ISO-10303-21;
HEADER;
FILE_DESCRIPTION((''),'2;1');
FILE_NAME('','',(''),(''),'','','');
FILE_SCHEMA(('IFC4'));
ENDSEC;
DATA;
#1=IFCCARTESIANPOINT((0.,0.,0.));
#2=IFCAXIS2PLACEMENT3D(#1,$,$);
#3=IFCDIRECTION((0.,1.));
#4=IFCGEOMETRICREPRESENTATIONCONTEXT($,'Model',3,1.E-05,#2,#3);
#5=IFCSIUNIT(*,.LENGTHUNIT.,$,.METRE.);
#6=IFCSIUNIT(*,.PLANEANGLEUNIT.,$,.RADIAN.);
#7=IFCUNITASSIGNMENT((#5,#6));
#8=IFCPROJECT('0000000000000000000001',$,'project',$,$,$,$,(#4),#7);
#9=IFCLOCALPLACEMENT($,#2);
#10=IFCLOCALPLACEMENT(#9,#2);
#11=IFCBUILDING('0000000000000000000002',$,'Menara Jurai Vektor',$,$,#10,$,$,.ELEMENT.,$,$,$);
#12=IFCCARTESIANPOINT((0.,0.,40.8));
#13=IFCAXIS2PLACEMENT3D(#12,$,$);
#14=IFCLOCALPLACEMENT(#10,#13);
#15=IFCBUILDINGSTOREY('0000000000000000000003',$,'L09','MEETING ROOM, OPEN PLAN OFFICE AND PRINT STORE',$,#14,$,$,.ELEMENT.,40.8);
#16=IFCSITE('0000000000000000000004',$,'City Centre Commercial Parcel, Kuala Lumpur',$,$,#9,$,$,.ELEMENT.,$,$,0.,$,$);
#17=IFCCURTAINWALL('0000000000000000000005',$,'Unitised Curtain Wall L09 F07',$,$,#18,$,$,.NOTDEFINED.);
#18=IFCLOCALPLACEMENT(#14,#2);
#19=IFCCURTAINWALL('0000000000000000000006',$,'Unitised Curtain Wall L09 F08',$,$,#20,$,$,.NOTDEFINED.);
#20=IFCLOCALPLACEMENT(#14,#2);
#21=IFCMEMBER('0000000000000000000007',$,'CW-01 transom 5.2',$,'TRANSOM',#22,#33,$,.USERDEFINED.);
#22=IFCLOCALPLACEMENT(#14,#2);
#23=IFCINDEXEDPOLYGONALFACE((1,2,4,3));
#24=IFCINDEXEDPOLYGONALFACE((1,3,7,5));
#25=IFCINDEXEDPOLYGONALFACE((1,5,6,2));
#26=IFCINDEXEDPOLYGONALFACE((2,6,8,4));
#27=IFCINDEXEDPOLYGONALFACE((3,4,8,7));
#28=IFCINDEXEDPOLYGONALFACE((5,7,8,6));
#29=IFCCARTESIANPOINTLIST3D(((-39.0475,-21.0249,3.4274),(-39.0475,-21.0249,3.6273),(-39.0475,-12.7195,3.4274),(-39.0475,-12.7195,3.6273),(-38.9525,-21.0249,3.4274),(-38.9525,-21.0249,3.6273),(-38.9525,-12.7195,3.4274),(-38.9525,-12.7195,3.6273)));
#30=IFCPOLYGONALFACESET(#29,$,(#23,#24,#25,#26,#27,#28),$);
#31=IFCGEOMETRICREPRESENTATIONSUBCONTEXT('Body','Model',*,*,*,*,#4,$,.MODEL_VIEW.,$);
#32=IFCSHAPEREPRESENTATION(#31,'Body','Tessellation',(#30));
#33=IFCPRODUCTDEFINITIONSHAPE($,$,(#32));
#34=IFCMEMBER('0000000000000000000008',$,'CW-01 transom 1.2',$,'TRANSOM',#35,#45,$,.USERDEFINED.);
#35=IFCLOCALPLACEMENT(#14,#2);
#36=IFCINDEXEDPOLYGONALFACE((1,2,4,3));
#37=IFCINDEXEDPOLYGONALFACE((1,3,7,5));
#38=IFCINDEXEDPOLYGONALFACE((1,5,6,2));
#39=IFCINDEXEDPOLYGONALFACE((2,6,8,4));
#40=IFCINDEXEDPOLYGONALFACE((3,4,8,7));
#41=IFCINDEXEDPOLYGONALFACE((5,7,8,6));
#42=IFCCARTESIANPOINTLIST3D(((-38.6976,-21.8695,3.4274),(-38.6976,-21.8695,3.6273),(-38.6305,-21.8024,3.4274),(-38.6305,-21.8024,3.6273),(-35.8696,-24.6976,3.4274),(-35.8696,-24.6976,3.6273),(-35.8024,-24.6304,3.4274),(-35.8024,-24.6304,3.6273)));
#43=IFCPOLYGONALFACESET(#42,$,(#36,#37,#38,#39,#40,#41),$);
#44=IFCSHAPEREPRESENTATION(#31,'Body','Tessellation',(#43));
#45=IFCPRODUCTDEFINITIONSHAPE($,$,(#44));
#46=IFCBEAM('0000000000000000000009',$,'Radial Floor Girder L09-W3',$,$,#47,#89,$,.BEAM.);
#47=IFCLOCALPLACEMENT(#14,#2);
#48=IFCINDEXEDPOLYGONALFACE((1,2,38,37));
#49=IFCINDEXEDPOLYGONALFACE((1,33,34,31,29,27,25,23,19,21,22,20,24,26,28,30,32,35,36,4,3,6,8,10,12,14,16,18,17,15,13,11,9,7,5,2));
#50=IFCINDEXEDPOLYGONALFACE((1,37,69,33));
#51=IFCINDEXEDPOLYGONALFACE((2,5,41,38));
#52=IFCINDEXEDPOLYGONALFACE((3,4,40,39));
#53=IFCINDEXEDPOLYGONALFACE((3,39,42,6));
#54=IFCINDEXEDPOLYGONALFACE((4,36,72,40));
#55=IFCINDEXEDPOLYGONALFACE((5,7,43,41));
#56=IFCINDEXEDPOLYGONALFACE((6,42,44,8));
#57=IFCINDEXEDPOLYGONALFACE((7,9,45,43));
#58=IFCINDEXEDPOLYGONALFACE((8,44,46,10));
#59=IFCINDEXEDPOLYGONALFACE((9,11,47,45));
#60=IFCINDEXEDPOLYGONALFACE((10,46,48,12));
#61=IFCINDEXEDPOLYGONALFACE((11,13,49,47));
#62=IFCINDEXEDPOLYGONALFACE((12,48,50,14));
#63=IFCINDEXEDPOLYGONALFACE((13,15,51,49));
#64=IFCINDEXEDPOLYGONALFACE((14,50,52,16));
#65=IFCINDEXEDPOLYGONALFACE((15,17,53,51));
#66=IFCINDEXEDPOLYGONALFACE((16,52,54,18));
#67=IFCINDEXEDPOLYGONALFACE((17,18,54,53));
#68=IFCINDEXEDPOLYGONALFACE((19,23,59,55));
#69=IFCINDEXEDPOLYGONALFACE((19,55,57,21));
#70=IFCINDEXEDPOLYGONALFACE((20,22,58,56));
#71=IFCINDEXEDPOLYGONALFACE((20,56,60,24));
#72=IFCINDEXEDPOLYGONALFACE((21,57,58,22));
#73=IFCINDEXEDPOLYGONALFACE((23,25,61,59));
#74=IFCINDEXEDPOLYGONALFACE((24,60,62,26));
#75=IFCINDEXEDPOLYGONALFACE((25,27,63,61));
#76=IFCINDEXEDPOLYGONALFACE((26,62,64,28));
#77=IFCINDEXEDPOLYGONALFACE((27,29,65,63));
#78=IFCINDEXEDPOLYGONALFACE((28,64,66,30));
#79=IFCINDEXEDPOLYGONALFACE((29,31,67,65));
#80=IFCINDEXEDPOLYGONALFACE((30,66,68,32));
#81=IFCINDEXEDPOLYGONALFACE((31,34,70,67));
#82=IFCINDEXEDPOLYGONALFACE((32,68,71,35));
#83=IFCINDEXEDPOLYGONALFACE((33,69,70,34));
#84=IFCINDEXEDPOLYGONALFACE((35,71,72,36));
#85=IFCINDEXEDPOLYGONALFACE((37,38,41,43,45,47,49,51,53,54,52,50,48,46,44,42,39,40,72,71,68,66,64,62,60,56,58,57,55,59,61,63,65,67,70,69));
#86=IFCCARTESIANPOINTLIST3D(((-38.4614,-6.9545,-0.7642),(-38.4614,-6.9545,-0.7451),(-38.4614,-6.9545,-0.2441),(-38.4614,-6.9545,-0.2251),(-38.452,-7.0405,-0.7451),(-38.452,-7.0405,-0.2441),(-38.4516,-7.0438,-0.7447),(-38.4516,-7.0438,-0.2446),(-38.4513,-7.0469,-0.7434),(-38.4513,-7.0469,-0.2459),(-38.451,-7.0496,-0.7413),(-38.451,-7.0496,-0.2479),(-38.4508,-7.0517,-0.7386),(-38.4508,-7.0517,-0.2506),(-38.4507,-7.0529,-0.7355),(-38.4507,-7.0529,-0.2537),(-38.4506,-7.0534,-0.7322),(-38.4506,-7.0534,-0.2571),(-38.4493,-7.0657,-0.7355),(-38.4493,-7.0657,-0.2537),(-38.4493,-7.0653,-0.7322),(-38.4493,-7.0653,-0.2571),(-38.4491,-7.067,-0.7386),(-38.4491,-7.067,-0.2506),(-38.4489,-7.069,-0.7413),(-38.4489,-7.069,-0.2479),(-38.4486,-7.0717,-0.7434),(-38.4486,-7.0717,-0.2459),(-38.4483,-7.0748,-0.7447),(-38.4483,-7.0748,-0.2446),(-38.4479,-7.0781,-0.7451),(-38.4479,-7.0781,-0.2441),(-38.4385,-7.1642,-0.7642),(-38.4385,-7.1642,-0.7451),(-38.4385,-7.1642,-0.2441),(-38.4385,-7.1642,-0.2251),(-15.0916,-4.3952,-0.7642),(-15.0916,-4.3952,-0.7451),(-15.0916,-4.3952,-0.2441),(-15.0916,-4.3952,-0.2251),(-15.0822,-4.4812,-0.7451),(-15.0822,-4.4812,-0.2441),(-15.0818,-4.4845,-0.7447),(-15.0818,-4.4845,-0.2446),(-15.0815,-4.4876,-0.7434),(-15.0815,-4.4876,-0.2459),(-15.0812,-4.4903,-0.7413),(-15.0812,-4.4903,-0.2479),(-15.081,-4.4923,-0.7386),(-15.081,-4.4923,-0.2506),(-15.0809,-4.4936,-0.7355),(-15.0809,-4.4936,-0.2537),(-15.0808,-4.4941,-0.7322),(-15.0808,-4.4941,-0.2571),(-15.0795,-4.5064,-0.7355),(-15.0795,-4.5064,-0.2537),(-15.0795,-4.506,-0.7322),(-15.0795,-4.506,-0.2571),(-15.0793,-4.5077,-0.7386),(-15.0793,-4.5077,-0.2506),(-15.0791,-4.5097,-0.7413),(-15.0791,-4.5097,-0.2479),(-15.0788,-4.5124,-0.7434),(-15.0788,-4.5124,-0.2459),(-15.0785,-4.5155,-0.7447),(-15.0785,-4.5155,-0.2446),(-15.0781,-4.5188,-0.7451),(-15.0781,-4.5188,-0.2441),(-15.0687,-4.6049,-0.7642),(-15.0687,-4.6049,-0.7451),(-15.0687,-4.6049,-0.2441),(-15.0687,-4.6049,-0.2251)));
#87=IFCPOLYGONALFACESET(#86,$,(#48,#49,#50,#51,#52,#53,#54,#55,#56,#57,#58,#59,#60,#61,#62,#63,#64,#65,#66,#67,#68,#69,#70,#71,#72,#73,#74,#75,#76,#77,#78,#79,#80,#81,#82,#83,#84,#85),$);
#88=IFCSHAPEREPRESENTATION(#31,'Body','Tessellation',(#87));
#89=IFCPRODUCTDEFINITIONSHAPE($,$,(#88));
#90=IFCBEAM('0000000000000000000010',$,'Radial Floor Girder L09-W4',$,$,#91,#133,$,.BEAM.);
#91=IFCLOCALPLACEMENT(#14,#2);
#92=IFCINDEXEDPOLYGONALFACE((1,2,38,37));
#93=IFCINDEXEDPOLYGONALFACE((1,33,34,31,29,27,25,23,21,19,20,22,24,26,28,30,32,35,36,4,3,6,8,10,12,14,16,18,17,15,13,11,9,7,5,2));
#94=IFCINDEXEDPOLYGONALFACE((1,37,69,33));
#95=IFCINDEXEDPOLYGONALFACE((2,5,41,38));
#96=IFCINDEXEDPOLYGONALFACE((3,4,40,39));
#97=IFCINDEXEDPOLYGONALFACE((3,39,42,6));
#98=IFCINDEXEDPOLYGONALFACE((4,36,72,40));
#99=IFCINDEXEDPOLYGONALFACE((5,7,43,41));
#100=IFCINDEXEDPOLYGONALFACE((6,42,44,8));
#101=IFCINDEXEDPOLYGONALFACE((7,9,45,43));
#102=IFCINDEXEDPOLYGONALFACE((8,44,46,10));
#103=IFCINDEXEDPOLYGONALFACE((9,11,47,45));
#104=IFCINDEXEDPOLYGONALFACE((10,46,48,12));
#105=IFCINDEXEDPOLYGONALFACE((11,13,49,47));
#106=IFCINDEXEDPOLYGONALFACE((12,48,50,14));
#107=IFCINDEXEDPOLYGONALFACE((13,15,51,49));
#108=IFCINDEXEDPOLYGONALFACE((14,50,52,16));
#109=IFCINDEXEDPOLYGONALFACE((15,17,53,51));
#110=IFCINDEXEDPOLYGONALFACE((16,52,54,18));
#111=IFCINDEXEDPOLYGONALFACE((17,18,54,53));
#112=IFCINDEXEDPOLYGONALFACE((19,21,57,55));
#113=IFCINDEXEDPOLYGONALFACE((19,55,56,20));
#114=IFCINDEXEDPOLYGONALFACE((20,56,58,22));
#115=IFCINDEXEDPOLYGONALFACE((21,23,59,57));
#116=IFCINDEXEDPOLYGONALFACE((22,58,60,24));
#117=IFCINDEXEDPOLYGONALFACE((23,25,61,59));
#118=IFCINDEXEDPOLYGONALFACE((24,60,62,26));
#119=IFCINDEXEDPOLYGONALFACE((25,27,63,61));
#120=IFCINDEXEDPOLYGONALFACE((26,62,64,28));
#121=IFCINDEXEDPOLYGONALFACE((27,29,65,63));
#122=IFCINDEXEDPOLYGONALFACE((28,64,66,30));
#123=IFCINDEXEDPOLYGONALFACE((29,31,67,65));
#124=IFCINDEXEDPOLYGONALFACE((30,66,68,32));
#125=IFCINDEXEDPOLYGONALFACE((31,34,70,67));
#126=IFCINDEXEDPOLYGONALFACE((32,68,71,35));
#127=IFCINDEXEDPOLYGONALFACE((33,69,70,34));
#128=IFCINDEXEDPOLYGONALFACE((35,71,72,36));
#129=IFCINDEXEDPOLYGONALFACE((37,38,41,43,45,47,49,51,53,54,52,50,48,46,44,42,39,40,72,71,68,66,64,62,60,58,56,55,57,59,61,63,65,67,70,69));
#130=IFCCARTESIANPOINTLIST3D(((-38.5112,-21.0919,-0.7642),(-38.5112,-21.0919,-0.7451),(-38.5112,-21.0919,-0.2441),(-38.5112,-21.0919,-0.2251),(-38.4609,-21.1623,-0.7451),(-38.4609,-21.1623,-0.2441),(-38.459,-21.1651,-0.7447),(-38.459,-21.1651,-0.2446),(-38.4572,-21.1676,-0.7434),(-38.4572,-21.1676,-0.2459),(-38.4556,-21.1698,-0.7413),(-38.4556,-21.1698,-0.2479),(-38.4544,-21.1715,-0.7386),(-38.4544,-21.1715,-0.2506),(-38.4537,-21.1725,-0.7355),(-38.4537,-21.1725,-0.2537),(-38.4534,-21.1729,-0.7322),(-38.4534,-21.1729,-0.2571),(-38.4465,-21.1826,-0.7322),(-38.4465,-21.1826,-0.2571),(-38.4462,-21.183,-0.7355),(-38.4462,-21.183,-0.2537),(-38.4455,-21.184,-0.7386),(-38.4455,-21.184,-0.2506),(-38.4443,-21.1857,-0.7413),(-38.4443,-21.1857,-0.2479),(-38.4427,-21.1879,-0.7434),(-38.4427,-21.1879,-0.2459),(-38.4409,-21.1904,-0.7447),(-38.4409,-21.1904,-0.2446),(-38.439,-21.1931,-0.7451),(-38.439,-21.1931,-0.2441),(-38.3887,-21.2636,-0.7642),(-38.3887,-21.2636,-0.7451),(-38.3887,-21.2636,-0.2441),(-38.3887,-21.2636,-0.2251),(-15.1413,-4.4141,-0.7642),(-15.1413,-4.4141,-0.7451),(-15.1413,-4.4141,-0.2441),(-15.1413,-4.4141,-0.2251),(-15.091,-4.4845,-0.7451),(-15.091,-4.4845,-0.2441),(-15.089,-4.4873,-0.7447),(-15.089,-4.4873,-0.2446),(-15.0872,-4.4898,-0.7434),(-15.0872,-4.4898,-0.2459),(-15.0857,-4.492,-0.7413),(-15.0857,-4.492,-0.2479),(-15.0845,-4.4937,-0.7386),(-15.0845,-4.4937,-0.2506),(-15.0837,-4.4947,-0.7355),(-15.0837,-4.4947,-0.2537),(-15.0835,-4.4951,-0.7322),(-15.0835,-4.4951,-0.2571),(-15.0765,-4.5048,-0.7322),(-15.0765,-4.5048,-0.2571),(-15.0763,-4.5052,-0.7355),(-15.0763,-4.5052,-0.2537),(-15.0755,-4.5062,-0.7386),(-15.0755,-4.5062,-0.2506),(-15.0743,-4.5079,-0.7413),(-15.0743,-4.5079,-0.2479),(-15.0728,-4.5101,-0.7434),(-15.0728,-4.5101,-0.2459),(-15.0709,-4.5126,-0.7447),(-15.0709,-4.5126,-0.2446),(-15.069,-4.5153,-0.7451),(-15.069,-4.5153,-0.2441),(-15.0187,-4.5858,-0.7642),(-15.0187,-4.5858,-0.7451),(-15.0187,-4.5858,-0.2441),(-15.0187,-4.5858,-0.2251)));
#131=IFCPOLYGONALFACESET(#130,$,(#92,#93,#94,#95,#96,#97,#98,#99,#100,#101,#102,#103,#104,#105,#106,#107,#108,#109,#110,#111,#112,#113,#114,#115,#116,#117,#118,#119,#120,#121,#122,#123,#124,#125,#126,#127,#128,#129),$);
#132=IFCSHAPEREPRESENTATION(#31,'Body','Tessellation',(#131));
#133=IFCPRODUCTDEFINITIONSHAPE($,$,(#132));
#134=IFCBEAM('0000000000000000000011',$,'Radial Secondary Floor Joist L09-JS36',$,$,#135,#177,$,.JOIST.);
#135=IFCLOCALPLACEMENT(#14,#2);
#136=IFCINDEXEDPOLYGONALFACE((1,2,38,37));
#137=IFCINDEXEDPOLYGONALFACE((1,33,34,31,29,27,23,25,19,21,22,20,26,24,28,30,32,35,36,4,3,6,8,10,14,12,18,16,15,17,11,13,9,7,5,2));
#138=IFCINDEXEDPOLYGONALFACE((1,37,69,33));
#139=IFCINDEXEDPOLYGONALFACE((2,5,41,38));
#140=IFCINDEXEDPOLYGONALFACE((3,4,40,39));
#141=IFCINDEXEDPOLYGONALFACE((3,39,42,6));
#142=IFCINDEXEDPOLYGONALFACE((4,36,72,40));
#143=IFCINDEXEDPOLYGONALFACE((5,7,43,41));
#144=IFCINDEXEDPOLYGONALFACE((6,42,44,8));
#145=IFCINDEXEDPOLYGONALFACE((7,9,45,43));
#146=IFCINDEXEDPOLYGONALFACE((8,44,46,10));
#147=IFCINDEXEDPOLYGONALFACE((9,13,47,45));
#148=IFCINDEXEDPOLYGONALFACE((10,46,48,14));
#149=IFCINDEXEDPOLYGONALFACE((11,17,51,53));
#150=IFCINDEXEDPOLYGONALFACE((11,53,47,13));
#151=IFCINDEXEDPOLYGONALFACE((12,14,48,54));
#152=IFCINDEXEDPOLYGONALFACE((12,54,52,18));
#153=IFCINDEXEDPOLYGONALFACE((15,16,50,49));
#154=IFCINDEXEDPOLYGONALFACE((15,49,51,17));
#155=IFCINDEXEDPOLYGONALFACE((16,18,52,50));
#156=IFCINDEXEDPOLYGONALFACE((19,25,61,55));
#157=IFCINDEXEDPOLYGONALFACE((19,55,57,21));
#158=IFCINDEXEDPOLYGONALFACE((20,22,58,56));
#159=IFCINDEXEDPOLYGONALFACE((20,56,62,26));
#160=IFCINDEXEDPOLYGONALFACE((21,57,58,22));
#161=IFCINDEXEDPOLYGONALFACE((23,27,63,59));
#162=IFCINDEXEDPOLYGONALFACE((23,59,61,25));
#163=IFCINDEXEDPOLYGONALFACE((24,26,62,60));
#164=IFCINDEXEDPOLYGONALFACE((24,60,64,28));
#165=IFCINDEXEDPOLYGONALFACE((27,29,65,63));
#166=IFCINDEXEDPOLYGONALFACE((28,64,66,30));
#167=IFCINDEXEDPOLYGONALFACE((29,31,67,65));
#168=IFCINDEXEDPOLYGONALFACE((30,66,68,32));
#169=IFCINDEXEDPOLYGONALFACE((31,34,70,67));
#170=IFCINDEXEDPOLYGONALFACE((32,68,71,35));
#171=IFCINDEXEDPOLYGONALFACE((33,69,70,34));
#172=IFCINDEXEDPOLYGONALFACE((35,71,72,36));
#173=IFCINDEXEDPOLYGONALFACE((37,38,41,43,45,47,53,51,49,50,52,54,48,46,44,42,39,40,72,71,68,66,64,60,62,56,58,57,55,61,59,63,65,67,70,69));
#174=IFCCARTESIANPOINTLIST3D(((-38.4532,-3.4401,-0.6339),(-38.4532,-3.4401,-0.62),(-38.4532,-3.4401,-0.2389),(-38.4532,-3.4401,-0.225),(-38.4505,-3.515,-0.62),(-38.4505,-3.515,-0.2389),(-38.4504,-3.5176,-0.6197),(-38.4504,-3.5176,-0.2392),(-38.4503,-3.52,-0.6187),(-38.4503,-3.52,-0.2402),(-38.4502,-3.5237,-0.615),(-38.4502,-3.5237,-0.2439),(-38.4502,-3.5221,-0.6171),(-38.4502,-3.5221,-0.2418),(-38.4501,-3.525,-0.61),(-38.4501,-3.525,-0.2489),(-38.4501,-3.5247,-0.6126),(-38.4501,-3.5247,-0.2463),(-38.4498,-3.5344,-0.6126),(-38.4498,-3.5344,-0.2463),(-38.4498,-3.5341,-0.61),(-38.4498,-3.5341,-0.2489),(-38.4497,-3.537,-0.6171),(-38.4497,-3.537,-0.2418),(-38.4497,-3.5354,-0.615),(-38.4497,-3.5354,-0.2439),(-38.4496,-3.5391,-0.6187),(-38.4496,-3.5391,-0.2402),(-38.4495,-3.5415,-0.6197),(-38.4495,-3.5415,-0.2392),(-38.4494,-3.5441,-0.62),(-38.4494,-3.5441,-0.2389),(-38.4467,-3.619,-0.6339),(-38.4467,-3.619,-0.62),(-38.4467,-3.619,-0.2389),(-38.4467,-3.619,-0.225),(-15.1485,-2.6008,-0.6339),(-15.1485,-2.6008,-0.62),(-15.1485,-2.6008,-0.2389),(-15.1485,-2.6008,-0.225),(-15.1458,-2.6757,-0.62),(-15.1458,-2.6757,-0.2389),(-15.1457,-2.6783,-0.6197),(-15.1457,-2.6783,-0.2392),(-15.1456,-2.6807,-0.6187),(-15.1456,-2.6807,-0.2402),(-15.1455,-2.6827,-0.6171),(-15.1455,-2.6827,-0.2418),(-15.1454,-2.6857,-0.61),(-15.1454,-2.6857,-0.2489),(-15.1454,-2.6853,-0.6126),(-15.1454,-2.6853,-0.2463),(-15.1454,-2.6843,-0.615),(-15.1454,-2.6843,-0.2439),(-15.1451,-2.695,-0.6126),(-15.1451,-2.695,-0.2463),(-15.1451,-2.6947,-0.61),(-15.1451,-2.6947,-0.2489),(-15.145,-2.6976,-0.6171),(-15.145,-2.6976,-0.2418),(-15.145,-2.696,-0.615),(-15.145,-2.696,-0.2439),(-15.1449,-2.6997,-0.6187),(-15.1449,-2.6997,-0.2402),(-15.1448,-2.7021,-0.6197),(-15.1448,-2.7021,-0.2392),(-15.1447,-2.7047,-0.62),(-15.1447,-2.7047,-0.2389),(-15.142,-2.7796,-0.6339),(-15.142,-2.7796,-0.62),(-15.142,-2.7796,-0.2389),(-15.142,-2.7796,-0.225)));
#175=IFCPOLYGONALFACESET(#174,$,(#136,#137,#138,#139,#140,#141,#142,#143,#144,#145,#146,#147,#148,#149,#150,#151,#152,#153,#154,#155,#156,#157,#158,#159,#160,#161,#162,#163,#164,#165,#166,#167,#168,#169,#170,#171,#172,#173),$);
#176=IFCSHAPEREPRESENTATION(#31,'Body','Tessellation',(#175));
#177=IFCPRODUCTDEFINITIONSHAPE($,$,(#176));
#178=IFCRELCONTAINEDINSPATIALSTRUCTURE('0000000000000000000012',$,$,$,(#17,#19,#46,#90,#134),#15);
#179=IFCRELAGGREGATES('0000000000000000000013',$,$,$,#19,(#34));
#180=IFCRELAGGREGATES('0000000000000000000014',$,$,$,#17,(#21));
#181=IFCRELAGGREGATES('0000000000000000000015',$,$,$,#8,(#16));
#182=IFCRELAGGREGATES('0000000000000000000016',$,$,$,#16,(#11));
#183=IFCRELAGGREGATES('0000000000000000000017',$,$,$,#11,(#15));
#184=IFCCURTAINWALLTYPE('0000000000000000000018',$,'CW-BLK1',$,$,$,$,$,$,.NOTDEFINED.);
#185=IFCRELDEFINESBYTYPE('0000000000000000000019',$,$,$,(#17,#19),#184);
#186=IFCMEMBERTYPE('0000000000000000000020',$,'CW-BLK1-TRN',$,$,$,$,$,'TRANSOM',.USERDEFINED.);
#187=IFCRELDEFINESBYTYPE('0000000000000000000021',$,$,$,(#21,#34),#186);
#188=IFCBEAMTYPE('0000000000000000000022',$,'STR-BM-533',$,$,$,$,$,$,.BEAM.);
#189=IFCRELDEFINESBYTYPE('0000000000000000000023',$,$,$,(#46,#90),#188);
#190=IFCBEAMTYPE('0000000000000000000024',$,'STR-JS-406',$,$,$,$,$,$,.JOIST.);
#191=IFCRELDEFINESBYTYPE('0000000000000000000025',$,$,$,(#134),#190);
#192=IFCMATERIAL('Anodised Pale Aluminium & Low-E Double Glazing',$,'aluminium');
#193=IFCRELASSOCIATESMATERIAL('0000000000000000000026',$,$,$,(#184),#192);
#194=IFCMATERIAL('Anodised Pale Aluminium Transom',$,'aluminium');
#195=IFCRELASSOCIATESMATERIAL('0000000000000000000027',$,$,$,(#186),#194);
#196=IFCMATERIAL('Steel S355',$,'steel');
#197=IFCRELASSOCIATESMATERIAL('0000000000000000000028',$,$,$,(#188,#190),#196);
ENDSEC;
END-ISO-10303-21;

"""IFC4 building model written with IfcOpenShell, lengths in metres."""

from ifc_helpers import new_model, si_unit, direction, frame, origin, origin_2d, place, context, subcontext, project, spatial, rectangle, i_section, extrude, material, material_profile, profile_set, type_object, element, aggregate, save


model = new_model("IFC4")

# Units and contexts
model_context = context("Model", 3, precision=1e-05, world=origin(), true_north=direction((0.0, 1.0)))
body_context = subcontext(model_context, "Body", "Model", "MODEL_VIEW")
ifc_project = project(units=[si_unit("LENGTHUNIT", "METRE"), si_unit("PLANEANGLEUNIT", "RADIAN")], contexts=[model_context])

# Site, building, storey
site_placement = place(None, origin())
site = spatial("IfcSite", under=ifc_project, at=site_placement, Name="City Centre Commercial Parcel, Kuala Lumpur", CompositionType="ELEMENT", RefElevation=0.0)
building_placement = place(site_placement, origin())
building = spatial("IfcBuilding", under=site, at=building_placement, Name="Menara Jurai Vektor", CompositionType="ELEMENT")
storey_placement = place(building_placement, frame((0.0, 0.0, 40.8)))
storey = spatial("IfcBuildingStorey", under=building, at=storey_placement, Name="L09", Description="MEETING ROOM, OPEN PLAN OFFICE AND PRINT STORE", CompositionType="ELEMENT", Elevation=40.8)

# Curtain wall
ifc_material_1 = material(Name="Anodised Pale Aluminium & Low-E Double Glazing", Category="aluminium")
curtain_wall_type = type_object("IfcCurtainWallType", Name="CW-BLK1", PredefinedType="NOTDEFINED", material=ifc_material_1)
curtain_wall_1_placement = place(storey_placement, origin())
curtain_wall_1 = element("IfcCurtainWall", 1, at=curtain_wall_1_placement, inside=storey, type_object=curtain_wall_type, Name="Unitised Curtain Wall L09 F07", PredefinedType="NOTDEFINED")

# Curtain wall
curtain_wall_2_placement = place(storey_placement, origin())
curtain_wall_2 = element("IfcCurtainWall", 2, at=curtain_wall_2_placement, inside=storey, type_object=curtain_wall_type, Name="Unitised Curtain Wall L09 F08", PredefinedType="NOTDEFINED")

# Members
ifc_material_2 = material(Name="Anodised Pale Aluminium Transom", Category="aluminium")
ifc_material_profile_1 = material_profile(ifc_material_2, rectangle(XDim=0.095, YDim=0.2, at=origin_2d()), Name="ALU TRN 95x200")
ifc_profile_set_1 = profile_set([ifc_material_profile_1], Name="Anodised Pale Aluminium Transom")
member_type_1 = type_object("IfcMemberType", Name="CW-BLK1-TRN", ElementType="TRANSOM", PredefinedType="USERDEFINED", material=ifc_profile_set_1)
member_1_placement = place(storey_placement, frame((-39.0, -12.7195, 3.5273), z_axis=(0.0, -1.0, 0.0), x_axis=(1.0, 0.0, 0.0)))
member_1 = element("IfcMember", 3, at=member_1_placement, type_object=member_type_1, Name="CW-01 transom 5.2", ObjectType="TRANSOM", PredefinedType="USERDEFINED", context=body_context, shape_type="SweptSolid", body=[
    extrude(rectangle(XDim=0.095, YDim=0.2, at=origin_2d()), origin(), (0.0, 0.0, 1.0), 8.3054),
])
member_2_placement = place(storey_placement, frame((-38.6641, -21.8359, 3.5273), z_axis=(0.707107, -0.707107, 0.0), x_axis=(0.707107, 0.707107, 0.0)))
member_2 = element("IfcMember", 4, at=member_2_placement, type_object=member_type_1, Name="CW-01 transom 1.2", ObjectType="TRANSOM", PredefinedType="USERDEFINED", context=body_context, shape_type="SweptSolid", body=[
    extrude(rectangle(XDim=0.095, YDim=0.2, at=origin_2d()), origin(), (0.0, 0.0, 1.0), 3.9995),
])
aggregate(curtain_wall_2, [member_2])

# Beams
ifc_material_3 = material(Name="Steel S355", Category="steel")
ifc_material_profile_2 = material_profile(ifc_material_3, i_section(OverallWidth=0.2109, OverallDepth=0.5391, WebThickness=0.012, FlangeThickness=0.019, FilletRadius=0.0129, at=origin_2d()), Name="UKB 533x210x109")
ifc_profile_set_2 = profile_set([ifc_material_profile_2], Name="Steel S355")
beam_type_1 = type_object("IfcBeamType", Name="STR-BM-533", PredefinedType="BEAM", material=ifc_profile_set_2)
beam_1_placement = place(storey_placement, frame((-38.45, -7.0593, -0.4946), z_axis=(0.994057, 0.108863, 0.0), x_axis=(-0.108863, 0.994057, 0.0)))
element("IfcBeam", 5, at=beam_1_placement, inside=storey, type_object=beam_type_1, Name="Radial Floor Girder L09-W3", PredefinedType="BEAM", context=body_context, shape_type="SweptSolid", body=[
    extrude(i_section(OverallWidth=0.2109, OverallDepth=0.5391, WebThickness=0.012, FlangeThickness=0.019, FilletRadius=0.0129, at=origin_2d()), origin(), (0.0, 0.0, 1.0), 23.5095),
])
beam_2_placement = place(storey_placement, frame((-38.45, -21.1777, -0.4946), z_axis=(0.813981, 0.580891, 0.0), x_axis=(-0.580891, 0.813981, 0.0)))
element("IfcBeam", 6, at=beam_2_placement, inside=storey, type_object=beam_type_1, Name="Radial Floor Girder L09-W4", PredefinedType="BEAM", context=body_context, shape_type="SweptSolid", body=[
    extrude(i_section(OverallWidth=0.2109, OverallDepth=0.5391, WebThickness=0.012, FlangeThickness=0.019, FilletRadius=0.0129, at=origin_2d()), origin(), (0.0, 0.0, 1.0), 28.7107),
])
ifc_material_profile_3 = material_profile(ifc_material_3, i_section(OverallWidth=0.179, OverallDepth=0.4089, WebThickness=0.009, FlangeThickness=0.0139, FilletRadius=0.01, at=origin_2d()), Name="UKB 406x178x67")
ifc_profile_set_3 = profile_set([ifc_material_profile_3], Name="Steel S355")
beam_type_2 = type_object("IfcBeamType", Name="STR-JS-406", PredefinedType="JOIST", material=ifc_profile_set_3)
beam_3_placement = place(storey_placement, frame((-38.45, -3.5295, -0.4294), z_axis=(0.999352, 0.035993, 0.0), x_axis=(-0.035993, 0.999352, 0.0)))
element("IfcBeam", 7, at=beam_3_placement, inside=storey, type_object=beam_type_2, Name="Radial Secondary Floor Joist L09-JS36", PredefinedType="JOIST", context=body_context, shape_type="SweptSolid", body=[
    extrude(i_section(OverallWidth=0.179, OverallDepth=0.4089, WebThickness=0.009, FlangeThickness=0.0139, FilletRadius=0.01, at=origin_2d()), origin(), (0.0, 0.0, 1.0), 23.3198),
])

aggregate(curtain_wall_1, [member_1])

save(model, "model.ifc")
